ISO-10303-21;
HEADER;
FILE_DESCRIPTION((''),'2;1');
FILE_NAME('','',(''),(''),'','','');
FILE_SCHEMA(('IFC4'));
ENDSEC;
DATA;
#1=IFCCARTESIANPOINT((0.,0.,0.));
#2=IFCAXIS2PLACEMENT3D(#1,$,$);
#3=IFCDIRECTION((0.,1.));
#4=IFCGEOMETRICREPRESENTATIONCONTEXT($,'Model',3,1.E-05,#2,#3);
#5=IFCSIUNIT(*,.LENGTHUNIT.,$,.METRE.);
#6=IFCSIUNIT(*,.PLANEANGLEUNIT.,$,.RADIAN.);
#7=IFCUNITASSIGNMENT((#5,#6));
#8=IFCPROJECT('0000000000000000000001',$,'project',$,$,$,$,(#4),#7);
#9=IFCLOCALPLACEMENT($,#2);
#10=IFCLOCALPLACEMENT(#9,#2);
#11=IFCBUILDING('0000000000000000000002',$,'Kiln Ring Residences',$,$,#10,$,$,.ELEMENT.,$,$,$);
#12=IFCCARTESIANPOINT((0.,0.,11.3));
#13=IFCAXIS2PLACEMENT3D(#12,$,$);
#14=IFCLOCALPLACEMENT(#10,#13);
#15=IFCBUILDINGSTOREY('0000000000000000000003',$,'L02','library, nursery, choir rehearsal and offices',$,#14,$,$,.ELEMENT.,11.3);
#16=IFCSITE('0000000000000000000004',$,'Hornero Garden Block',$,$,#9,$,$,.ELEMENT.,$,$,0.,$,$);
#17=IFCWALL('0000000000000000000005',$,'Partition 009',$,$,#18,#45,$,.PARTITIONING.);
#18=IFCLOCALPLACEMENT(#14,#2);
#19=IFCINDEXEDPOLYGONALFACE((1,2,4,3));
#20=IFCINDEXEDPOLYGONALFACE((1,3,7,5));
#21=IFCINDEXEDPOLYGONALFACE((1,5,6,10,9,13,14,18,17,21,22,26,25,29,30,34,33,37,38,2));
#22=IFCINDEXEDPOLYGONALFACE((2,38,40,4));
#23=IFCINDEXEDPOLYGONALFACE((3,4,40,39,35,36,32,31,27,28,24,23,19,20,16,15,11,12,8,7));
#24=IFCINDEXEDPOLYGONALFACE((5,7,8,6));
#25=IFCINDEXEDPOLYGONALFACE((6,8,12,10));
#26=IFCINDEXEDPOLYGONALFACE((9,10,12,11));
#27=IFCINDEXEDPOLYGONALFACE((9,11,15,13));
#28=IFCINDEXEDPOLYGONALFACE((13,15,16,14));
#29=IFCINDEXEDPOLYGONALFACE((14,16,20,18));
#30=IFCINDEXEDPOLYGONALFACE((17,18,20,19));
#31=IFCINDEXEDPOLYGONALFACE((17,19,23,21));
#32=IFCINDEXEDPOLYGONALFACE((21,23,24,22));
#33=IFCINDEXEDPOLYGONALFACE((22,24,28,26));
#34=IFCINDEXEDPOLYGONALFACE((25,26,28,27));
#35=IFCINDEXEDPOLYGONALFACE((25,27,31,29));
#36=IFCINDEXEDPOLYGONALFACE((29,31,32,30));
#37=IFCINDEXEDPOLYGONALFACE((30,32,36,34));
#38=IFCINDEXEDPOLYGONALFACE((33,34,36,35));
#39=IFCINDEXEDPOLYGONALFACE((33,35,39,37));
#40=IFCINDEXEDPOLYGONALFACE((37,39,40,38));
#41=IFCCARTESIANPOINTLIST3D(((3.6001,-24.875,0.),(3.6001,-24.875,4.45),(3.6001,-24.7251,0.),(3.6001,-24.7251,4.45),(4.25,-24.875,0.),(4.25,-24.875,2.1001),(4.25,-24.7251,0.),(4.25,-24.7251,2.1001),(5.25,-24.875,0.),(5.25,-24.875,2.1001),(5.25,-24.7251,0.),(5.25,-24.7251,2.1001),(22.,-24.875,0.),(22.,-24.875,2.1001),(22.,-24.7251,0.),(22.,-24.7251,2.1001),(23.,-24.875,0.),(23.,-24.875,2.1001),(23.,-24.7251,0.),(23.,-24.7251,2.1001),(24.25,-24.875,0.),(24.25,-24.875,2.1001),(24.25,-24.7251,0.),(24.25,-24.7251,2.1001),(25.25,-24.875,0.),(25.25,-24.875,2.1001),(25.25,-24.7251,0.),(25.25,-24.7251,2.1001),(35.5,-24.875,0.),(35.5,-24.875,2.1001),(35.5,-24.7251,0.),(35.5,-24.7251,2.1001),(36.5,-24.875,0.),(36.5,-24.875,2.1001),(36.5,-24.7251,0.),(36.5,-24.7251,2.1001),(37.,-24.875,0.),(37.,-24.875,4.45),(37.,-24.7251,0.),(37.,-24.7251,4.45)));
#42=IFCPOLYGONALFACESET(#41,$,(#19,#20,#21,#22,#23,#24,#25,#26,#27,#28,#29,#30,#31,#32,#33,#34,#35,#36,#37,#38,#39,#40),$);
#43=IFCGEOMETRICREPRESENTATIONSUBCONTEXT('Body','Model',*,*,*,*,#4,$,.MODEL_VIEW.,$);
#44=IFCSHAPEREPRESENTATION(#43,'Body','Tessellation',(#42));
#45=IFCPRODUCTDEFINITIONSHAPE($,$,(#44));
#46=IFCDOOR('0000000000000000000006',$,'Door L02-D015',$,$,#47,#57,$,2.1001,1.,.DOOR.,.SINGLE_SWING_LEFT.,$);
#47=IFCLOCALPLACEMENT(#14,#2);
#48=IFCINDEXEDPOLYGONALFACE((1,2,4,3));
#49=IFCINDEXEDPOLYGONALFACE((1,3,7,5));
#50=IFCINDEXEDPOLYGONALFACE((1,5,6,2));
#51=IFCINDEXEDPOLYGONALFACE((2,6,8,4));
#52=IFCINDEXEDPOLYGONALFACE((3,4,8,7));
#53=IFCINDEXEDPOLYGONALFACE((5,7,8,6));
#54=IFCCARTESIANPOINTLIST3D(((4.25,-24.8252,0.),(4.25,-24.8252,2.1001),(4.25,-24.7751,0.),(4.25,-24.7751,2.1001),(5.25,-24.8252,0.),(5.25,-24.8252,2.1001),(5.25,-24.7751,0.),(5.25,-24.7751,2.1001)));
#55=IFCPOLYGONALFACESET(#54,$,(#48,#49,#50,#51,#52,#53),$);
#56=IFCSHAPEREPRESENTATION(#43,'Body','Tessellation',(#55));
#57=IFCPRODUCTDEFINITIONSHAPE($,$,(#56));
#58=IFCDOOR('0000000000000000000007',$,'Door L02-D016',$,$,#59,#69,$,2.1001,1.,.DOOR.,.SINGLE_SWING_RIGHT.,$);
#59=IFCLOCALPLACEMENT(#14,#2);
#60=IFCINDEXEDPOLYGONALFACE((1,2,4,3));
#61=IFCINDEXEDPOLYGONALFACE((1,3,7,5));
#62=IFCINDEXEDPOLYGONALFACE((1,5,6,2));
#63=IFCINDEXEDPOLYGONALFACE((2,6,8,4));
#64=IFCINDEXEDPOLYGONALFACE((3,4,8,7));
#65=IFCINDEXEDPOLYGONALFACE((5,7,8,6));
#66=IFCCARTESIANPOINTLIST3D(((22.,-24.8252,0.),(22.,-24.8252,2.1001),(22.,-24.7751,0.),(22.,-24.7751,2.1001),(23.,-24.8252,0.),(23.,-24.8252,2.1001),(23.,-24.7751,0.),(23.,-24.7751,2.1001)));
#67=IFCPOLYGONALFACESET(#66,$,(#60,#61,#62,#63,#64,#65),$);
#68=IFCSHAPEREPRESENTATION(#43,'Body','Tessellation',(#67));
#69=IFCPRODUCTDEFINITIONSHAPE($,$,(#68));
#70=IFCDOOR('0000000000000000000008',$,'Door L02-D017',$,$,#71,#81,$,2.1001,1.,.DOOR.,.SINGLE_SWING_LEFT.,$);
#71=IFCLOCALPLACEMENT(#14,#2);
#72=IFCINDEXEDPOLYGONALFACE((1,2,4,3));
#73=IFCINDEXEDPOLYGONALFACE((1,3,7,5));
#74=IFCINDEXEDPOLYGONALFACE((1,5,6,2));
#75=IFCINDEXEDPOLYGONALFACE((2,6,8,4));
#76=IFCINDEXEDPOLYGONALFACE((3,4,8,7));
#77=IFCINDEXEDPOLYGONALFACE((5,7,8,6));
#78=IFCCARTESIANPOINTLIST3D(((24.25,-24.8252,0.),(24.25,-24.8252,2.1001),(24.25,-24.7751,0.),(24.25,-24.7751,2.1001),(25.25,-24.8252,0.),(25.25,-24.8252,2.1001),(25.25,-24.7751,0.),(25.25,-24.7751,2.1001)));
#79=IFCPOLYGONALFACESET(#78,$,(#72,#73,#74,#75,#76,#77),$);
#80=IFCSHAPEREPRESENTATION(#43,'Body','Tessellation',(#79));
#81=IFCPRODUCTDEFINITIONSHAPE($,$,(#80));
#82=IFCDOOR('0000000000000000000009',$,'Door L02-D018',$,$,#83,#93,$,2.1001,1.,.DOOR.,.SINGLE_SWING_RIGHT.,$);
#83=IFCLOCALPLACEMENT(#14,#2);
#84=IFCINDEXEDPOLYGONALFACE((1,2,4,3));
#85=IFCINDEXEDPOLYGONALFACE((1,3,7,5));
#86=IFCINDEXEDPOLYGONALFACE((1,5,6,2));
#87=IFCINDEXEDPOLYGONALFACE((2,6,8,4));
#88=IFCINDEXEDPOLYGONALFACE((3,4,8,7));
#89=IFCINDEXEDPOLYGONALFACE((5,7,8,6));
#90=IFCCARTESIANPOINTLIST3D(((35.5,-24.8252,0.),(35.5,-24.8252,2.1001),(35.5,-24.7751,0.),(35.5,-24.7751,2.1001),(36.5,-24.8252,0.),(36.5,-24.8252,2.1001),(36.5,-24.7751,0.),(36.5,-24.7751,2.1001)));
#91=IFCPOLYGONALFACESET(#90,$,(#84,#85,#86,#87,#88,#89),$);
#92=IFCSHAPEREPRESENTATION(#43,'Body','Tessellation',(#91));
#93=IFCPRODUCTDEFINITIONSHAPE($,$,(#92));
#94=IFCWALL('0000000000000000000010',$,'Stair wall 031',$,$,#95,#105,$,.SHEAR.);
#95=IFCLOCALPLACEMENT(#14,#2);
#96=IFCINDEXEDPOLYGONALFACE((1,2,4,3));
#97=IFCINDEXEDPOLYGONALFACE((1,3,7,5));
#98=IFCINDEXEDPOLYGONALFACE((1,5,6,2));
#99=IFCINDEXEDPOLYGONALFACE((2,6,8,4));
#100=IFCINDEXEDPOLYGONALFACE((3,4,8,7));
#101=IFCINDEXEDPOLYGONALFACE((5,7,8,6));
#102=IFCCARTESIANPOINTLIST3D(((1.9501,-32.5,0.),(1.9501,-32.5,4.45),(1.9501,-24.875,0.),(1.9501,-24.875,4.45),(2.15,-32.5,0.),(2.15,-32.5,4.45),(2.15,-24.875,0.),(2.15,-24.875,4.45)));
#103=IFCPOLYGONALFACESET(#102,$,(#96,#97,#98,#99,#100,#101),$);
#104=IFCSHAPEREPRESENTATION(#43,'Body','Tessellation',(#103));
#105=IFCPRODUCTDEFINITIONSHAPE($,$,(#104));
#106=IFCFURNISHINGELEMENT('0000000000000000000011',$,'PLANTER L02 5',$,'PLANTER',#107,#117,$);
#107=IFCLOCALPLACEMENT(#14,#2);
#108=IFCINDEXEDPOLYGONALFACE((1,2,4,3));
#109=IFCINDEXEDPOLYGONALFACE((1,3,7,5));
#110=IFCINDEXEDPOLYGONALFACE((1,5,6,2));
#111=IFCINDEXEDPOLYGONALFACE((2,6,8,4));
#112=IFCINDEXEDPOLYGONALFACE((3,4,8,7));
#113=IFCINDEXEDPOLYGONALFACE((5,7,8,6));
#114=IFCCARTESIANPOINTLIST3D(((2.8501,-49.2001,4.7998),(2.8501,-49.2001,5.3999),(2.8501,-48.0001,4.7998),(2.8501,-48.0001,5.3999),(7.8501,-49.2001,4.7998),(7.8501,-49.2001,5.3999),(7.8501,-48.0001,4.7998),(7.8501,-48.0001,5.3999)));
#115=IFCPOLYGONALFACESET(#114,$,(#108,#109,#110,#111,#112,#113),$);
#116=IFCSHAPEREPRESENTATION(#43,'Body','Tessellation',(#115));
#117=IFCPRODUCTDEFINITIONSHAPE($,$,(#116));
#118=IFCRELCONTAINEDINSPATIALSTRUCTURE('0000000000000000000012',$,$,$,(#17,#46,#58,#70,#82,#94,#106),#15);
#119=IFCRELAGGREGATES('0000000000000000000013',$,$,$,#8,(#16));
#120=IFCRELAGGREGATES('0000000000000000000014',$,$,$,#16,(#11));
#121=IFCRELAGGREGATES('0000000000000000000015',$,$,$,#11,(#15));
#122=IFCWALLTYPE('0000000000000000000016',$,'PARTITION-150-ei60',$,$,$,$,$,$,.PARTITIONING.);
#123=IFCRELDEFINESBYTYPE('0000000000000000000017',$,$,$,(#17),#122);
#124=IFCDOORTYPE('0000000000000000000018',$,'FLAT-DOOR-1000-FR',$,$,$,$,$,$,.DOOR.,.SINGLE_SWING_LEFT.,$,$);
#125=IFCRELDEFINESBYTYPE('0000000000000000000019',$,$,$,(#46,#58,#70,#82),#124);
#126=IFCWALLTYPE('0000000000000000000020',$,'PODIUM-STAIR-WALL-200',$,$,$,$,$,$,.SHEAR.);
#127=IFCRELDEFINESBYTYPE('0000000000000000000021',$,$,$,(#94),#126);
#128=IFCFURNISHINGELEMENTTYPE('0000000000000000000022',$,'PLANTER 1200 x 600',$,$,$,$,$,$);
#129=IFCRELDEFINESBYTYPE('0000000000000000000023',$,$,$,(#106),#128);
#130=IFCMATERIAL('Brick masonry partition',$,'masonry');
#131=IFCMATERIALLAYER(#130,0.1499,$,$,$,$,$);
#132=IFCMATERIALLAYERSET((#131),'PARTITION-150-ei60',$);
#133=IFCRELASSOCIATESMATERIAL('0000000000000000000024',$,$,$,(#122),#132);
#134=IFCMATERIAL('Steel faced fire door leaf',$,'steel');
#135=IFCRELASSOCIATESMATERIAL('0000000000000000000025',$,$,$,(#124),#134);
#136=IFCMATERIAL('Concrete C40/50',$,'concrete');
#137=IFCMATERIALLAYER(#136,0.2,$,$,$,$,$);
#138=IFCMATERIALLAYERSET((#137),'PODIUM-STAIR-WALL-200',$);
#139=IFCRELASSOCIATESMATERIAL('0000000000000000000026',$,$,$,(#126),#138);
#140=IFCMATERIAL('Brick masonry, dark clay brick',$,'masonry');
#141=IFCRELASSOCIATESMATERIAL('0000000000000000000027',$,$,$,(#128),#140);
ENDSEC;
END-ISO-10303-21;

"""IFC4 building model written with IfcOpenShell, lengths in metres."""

from ifc_helpers import new_model, si_unit, direction, frame, frame_2d, origin, origin_2d, place, context, subcontext, project, spatial, rectangle, extrude, material, layer, layer_set, type_object, element, fill, save


model = new_model("IFC4")

# Units and contexts
model_context = context("Model", 3, precision=1e-05, world=origin(), true_north=direction((0.0, 1.0)))
body_context = subcontext(model_context, "Body", "Model", "MODEL_VIEW")
ifc_project = project(units=[si_unit("LENGTHUNIT", "METRE"), si_unit("PLANEANGLEUNIT", "RADIAN")], contexts=[model_context])

# Site, building, storey
site_placement = place(None, origin())
site = spatial("IfcSite", under=ifc_project, at=site_placement, Name="Hornero Garden Block", CompositionType="ELEMENT", RefElevation=0.0)
building_placement = place(site_placement, origin())
building = spatial("IfcBuilding", under=site, at=building_placement, Name="Kiln Ring Residences", CompositionType="ELEMENT")
storey_placement = place(building_placement, frame((0.0, 0.0, 11.3)))
storey = spatial("IfcBuildingStorey", under=building, at=storey_placement, Name="L02", Description="library, nursery, choir rehearsal and offices", CompositionType="ELEMENT", Elevation=11.3)

# Shared definitions
ifc_material_1 = material(Name="Brick masonry partition", Category="masonry")
ifc_layer_1 = layer(ifc_material_1, 0.1499)
ifc_layer_set_1 = layer_set([ifc_layer_1], Name="PARTITION-150-ei60")
wall_type_1 = type_object("IfcWallType", Name="PARTITION-150-ei60", PredefinedType="PARTITIONING", material=ifc_layer_set_1)

# Shared definitions
ifc_material_2 = material(Name="Steel faced fire door leaf", Category="steel")
door_type = type_object("IfcDoorType", Name="FLAT-DOOR-1000-FR", OperationType="SINGLE_SWING_LEFT", PredefinedType="DOOR", material=ifc_material_2)

# Wall, openings, doors
wall_1_placement = place(storey_placement, frame((3.6001, -24.8, 0.0), z_axis=(0.0, 0.0, 1.0), x_axis=(1.0, 0.0, 0.0)))
wall_1 = element("IfcWall", 1, at=wall_1_placement, inside=storey, type_object=wall_type_1, Name="Partition 009", PredefinedType="PARTITIONING", context=body_context, shape_type="SweptSolid", body=[
    extrude(rectangle(XDim=33.3999, YDim=0.1499, at=frame_2d((16.7, 0.0))), origin(), (0.0, 0.0, 1.0), 4.45),
])
opening_1_placement = place(wall_1_placement, frame((0.6499, 0.0, 0.0)))
opening_1 = element("IfcOpeningElement", 2, at=opening_1_placement, cuts=wall_1, PredefinedType="OPENING", context=body_context, shape_type="SweptSolid", body=[
    extrude(rectangle(XDim=1.0, YDim=2.1001, at=frame_2d((0.5, 1.05))), frame((0.0, 0.085, 0.0), z_axis=(0.0, -1.0, 0.0), x_axis=(1.0, 0.0, 0.0)), (0.0, 0.0, 1.0), 0.1699),
])
opening_2_placement = place(wall_1_placement, frame((18.3999, 0.0, 0.0)))
opening_2 = element("IfcOpeningElement", 3, at=opening_2_placement, cuts=wall_1, PredefinedType="OPENING", context=body_context, shape_type="SweptSolid", body=[
    extrude(rectangle(XDim=1.0, YDim=2.1001, at=frame_2d((0.5, 1.05))), frame((0.0, 0.085, 0.0), z_axis=(0.0, -1.0, 0.0), x_axis=(1.0, 0.0, 0.0)), (0.0, 0.0, 1.0), 0.1699),
])
opening_3_placement = place(wall_1_placement, frame((20.6499, 0.0, 0.0)))
opening_3 = element("IfcOpeningElement", 4, at=opening_3_placement, cuts=wall_1, PredefinedType="OPENING", context=body_context, shape_type="SweptSolid", body=[
    extrude(rectangle(XDim=1.0, YDim=2.1001, at=frame_2d((0.5, 1.05))), frame((0.0, 0.085, 0.0), z_axis=(0.0, -1.0, 0.0), x_axis=(1.0, 0.0, 0.0)), (0.0, 0.0, 1.0), 0.1699),
])
opening_4_placement = place(wall_1_placement, frame((31.8999, 0.0, 0.0)))
opening_4 = element("IfcOpeningElement", 5, at=opening_4_placement, cuts=wall_1, PredefinedType="OPENING", context=body_context, shape_type="SweptSolid", body=[
    extrude(rectangle(XDim=1.0, YDim=2.1001, at=frame_2d((0.5, 1.05))), frame((0.0, 0.085, 0.0), z_axis=(0.0, -1.0, 0.0), x_axis=(1.0, 0.0, 0.0)), (0.0, 0.0, 1.0), 0.1699),
])
door_1_placement = place(opening_1_placement, origin())
door_1 = element("IfcDoor", 6, at=door_1_placement, inside=storey, type_object=door_type, Name="Door L02-D015", OperationType="SINGLE_SWING_LEFT", OverallHeight=2.1001, OverallWidth=1.0, PredefinedType="DOOR", context=body_context, shape_type="SweptSolid", body=[
    extrude(rectangle(XDim=1.0, YDim=2.1001, at=frame_2d((0.5, 1.05))), frame((0.0, 0.0249, 0.0), z_axis=(0.0, -1.0, 0.0), x_axis=(1.0, 0.0, 0.0)), (0.0, 0.0, 1.0), 0.05),
])
fill(opening_1, door_1)
door_2_placement = place(opening_2_placement, origin())
door_2 = element("IfcDoor", 7, at=door_2_placement, inside=storey, type_object=door_type, Name="Door L02-D016", OperationType="SINGLE_SWING_RIGHT", OverallHeight=2.1001, OverallWidth=1.0, PredefinedType="DOOR", context=body_context, shape_type="SweptSolid", body=[
    extrude(rectangle(XDim=1.0, YDim=2.1001, at=frame_2d((0.5, 1.05))), frame((0.0, 0.0249, 0.0), z_axis=(0.0, -1.0, 0.0), x_axis=(1.0, 0.0, 0.0)), (0.0, 0.0, 1.0), 0.05),
])
fill(opening_2, door_2)
door_3_placement = place(opening_3_placement, origin())
door_3 = element("IfcDoor", 8, at=door_3_placement, inside=storey, type_object=door_type, Name="Door L02-D017", OperationType="SINGLE_SWING_LEFT", OverallHeight=2.1001, OverallWidth=1.0, PredefinedType="DOOR", context=body_context, shape_type="SweptSolid", body=[
    extrude(rectangle(XDim=1.0, YDim=2.1001, at=frame_2d((0.5, 1.05))), frame((0.0, 0.0249, 0.0), z_axis=(0.0, -1.0, 0.0), x_axis=(1.0, 0.0, 0.0)), (0.0, 0.0, 1.0), 0.05),
])
fill(opening_3, door_3)
door_4_placement = place(opening_4_placement, origin())
door_4 = element("IfcDoor", 9, at=door_4_placement, inside=storey, type_object=door_type, Name="Door L02-D018", OperationType="SINGLE_SWING_RIGHT", OverallHeight=2.1001, OverallWidth=1.0, PredefinedType="DOOR", context=body_context, shape_type="SweptSolid", body=[
    extrude(rectangle(XDim=1.0, YDim=2.1001, at=frame_2d((0.5, 1.05))), frame((0.0, 0.0249, 0.0), z_axis=(0.0, -1.0, 0.0), x_axis=(1.0, 0.0, 0.0)), (0.0, 0.0, 1.0), 0.05),
])
fill(opening_4, door_4)

# Wall
ifc_material_3 = material(Name="Concrete C40/50", Category="concrete")
ifc_layer_2 = layer(ifc_material_3, 0.2)
ifc_layer_set_2 = layer_set([ifc_layer_2], Name="PODIUM-STAIR-WALL-200")
wall_type_2 = type_object("IfcWallType", Name="PODIUM-STAIR-WALL-200", PredefinedType="SHEAR", material=ifc_layer_set_2)
wall_2_placement = place(storey_placement, frame((2.05, -32.5, 0.0), z_axis=(0.0, 0.0, 1.0), x_axis=(0.0, 1.0, 0.0)))
element("IfcWall", 10, at=wall_2_placement, inside=storey, type_object=wall_type_2, Name="Stair wall 031", PredefinedType="SHEAR", context=body_context, shape_type="SweptSolid", body=[
    extrude(rectangle(XDim=7.625, YDim=0.2, at=frame_2d((3.8125, 0.0))), origin(), (0.0, 0.0, 1.0), 4.45),
])

# Furnishing element
ifc_material_4 = material(Name="Brick masonry, dark clay brick", Category="masonry")
furnishing_element_type = type_object("IfcFurnishingElementType", Name="PLANTER 1200 x 600", material=ifc_material_4)
furnishing_placement = place(storey_placement, frame((5.3501, -48.6001, 4.7998), z_axis=(0.0, 0.0, 1.0), x_axis=(1.0, 0.0, 0.0)))
element("IfcFurnishingElement", 11, at=furnishing_placement, inside=storey, type_object=furnishing_element_type, Name="PLANTER L02 5", ObjectType="PLANTER", context=body_context, shape_type="SweptSolid", body=[
    extrude(rectangle(XDim=5.0, YDim=1.2, at=origin_2d()), origin(), (0.0, 0.0, 1.0), 0.6001),
])

save(model, "model.ifc")
